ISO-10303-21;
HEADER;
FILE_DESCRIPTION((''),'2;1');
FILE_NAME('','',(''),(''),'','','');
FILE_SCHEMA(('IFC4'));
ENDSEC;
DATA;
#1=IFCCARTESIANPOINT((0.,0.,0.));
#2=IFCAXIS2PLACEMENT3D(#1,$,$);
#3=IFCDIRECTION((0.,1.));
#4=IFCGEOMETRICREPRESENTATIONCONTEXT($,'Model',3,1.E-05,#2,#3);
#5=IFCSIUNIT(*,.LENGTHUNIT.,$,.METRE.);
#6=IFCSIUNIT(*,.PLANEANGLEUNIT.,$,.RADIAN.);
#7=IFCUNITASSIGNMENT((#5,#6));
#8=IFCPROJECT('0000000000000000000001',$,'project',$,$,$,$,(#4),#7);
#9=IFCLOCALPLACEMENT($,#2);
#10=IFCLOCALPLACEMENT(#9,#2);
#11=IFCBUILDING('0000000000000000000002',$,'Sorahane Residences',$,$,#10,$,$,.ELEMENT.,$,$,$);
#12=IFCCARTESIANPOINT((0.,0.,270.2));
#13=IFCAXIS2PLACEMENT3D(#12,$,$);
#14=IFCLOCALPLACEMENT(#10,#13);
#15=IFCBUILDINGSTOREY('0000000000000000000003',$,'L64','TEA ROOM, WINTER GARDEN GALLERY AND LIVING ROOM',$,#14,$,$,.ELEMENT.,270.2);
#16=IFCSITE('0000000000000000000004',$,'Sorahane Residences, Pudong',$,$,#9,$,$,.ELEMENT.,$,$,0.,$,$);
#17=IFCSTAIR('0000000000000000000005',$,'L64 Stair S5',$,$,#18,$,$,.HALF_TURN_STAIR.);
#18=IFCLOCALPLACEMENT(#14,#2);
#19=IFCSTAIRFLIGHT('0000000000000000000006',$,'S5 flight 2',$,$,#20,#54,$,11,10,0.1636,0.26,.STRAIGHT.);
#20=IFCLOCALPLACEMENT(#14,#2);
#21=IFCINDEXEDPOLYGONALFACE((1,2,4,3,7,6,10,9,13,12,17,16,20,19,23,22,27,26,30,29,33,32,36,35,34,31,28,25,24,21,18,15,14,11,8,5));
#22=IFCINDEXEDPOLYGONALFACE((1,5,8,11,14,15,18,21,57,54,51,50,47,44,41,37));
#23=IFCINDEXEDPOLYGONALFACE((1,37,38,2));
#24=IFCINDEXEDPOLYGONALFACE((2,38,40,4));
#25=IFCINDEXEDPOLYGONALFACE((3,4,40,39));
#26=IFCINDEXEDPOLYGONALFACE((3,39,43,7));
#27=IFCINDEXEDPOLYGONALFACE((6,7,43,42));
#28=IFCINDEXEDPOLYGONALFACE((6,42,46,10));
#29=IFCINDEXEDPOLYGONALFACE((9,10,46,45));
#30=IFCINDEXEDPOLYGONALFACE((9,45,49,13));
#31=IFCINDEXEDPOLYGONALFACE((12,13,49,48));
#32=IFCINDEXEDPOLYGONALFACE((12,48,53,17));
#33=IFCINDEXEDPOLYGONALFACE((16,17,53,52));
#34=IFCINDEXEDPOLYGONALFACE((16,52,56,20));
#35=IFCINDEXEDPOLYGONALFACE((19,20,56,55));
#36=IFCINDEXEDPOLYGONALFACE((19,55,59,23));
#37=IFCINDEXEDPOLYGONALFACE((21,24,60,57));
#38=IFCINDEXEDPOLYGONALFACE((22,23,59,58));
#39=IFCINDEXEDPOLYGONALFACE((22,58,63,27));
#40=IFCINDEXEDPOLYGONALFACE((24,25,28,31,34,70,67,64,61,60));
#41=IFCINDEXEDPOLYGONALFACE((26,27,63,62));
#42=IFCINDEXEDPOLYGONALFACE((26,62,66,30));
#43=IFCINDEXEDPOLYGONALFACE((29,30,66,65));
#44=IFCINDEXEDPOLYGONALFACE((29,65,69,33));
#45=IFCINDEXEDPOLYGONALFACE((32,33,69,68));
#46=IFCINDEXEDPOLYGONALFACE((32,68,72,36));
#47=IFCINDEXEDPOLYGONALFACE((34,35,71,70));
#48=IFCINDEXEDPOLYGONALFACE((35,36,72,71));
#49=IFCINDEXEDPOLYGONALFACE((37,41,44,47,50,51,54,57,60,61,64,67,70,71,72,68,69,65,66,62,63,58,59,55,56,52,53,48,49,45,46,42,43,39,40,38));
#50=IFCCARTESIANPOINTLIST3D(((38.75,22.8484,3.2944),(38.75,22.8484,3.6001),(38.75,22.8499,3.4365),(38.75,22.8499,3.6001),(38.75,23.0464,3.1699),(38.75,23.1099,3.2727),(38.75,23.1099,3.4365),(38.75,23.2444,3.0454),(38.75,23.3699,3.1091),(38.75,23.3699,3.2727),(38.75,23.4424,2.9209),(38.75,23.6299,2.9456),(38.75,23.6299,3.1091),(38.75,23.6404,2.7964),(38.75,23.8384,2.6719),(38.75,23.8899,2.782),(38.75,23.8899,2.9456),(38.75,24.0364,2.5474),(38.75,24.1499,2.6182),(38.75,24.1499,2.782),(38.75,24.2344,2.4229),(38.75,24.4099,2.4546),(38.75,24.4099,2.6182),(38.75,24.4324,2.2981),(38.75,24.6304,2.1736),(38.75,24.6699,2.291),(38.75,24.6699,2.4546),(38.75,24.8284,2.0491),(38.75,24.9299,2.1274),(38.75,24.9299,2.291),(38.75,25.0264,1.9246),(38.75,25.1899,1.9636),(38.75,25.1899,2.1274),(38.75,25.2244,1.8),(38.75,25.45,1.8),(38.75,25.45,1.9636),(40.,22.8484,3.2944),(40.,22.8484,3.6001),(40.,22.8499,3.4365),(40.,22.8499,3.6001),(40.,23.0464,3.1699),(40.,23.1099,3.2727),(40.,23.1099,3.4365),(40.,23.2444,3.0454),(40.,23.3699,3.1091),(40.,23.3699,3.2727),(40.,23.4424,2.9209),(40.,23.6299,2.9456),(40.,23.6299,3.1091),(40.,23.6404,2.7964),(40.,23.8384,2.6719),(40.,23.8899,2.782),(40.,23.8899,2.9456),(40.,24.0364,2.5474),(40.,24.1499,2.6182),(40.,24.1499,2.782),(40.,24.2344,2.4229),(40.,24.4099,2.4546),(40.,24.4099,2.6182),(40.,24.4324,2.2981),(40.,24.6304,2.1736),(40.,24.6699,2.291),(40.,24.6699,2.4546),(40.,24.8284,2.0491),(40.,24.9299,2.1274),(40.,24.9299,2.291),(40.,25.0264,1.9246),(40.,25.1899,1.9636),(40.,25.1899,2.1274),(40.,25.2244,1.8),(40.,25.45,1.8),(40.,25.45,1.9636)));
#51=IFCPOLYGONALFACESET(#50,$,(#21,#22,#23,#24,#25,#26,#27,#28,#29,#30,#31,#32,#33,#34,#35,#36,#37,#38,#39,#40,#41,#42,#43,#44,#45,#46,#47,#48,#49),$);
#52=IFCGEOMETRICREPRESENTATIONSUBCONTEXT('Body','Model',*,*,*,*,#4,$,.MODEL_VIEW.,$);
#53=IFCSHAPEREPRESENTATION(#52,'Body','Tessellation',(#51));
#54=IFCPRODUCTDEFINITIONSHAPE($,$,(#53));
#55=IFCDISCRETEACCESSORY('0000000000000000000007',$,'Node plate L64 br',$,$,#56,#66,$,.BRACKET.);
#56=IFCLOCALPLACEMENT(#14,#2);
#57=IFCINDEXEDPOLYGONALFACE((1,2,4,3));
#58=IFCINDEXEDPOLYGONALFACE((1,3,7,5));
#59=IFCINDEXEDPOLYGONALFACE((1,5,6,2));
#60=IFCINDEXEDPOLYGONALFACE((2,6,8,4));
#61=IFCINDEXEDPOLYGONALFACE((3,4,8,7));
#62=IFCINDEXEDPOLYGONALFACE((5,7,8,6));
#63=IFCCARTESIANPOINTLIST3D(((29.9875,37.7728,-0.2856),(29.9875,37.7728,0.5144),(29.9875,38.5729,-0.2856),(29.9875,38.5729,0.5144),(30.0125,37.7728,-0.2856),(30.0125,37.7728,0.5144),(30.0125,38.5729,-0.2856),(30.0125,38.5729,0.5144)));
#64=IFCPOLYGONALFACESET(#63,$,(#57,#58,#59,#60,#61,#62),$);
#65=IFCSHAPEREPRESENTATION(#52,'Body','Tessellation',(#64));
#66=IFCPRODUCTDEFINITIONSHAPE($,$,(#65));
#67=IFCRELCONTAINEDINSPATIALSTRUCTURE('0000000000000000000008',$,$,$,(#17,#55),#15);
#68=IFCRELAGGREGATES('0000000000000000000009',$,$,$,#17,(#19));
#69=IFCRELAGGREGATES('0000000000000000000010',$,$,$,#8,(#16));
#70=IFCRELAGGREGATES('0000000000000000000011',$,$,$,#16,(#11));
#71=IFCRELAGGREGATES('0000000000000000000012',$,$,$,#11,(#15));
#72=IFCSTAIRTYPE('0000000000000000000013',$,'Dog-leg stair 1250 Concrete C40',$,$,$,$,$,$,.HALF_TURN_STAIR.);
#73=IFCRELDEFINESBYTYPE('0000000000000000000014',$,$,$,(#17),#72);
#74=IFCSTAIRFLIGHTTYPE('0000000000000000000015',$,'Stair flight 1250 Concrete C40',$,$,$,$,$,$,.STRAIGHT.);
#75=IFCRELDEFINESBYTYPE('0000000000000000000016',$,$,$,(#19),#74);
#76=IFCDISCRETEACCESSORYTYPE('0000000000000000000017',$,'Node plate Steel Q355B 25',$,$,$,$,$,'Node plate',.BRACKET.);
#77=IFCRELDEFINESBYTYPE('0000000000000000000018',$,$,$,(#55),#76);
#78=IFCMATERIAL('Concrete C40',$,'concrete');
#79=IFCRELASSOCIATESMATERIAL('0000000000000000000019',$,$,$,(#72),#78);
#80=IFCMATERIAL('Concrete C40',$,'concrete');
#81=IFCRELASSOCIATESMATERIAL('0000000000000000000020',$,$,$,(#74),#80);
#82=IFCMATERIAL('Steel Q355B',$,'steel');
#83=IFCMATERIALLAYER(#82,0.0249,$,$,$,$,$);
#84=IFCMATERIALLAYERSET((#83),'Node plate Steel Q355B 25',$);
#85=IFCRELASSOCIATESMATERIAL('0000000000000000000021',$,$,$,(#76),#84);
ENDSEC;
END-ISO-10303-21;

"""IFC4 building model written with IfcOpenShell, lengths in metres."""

from ifc_helpers import new_model, si_unit, direction, frame, origin, origin_2d, place, context, subcontext, project, spatial, polyline, rectangle, outline, extrude, material, layer, layer_set, type_object, element, aggregate, save


model = new_model("IFC4")

# Units and contexts
model_context = context("Model", 3, precision=1e-05, world=origin(), true_north=direction((0.0, 1.0)))
body_context = subcontext(model_context, "Body", "Model", "MODEL_VIEW")
ifc_project = project(units=[si_unit("LENGTHUNIT", "METRE"), si_unit("PLANEANGLEUNIT", "RADIAN")], contexts=[model_context])

# Site, building, storey
site_placement = place(None, origin())
site = spatial("IfcSite", under=ifc_project, at=site_placement, Name="Sorahane Residences, Pudong", CompositionType="ELEMENT", RefElevation=0.0)
building_placement = place(site_placement, origin())
building = spatial("IfcBuilding", under=site, at=building_placement, Name="Sorahane Residences", CompositionType="ELEMENT")
storey_placement = place(building_placement, frame((0.0, 0.0, 270.2)))
storey = spatial("IfcBuildingStorey", under=building, at=storey_placement, Name="L64", Description="TEA ROOM, WINTER GARDEN GALLERY AND LIVING ROOM", CompositionType="ELEMENT", Elevation=270.2)

# Stair, stair flight
ifc_material_1 = material(Name="Concrete C40", Category="concrete")
stair_type = type_object("IfcStairType", Name="Dog-leg stair 1250 Concrete C40", PredefinedType="HALF_TURN_STAIR", material=ifc_material_1)
stair_placement = place(storey_placement, origin())
stair = element("IfcStair", 1, at=stair_placement, inside=storey, type_object=stair_type, Name="L64 Stair S5", PredefinedType="HALF_TURN_STAIR")
ifc_material_2 = material(Name="Concrete C40", Category="concrete")
stair_flight_type = type_object("IfcStairFlightType", Name="Stair flight 1250 Concrete C40", PredefinedType="STRAIGHT", material=ifc_material_2)
stair_flight_placement = place(storey_placement, frame((39.375, 25.45, 1.8), z_axis=(0.0, 0.0, 1.0), x_axis=(0.0, -1.0, 0.0)))
stair_flight = element("IfcStairFlight", 2, at=stair_flight_placement, type_object=stair_flight_type, Name="S5 flight 2", NumberOfRisers=11, NumberOfTreads=10, PredefinedType="STRAIGHT", RiserHeight=0.1636, TreadLength=0.26, context=body_context, shape_type="SweptSolid", body=[
    extrude(outline(polyline([(0.0, 0.0), (0.0, 0.1636), (0.26, 0.1636), (0.26, 0.3274), (0.52, 0.3274), (0.52, 0.491), (0.78, 0.491), (0.78, 0.6545), (1.04, 0.6545), (1.04, 0.8181), (1.3, 0.8181), (1.3, 0.9819), (1.5601, 0.9819), (1.5601, 1.1455), (1.8201, 1.1455), (1.8201, 1.3091), (2.0801, 1.3091), (2.0801, 1.4727), (2.3401, 1.4727), (2.3401, 1.6365), (2.6001, 1.6365), (2.6001, 1.8), (2.6016, 1.8), (2.6016, 1.4944), (2.4036, 1.3699), (2.2056, 1.2454), (2.0076, 1.1208), (1.8096, 0.9963), (1.6116, 0.8718), (1.4136, 0.7473), (1.2156, 0.6228), (1.0176, 0.498), (0.8196, 0.3735), (0.6216, 0.249), (0.4236, 0.1245), (0.2256, 0.0), (0.0, 0.0)])), frame((0.0, 0.625, 0.0), z_axis=(0.0, -1.0, 0.0), x_axis=(1.0, 0.0, 0.0)), (0.0, 0.0, 1.0), 1.25),
])
aggregate(stair, [stair_flight])

# Discrete accessory
ifc_material_3 = material(Name="Steel Q355B", Category="steel")
ifc_layer_1 = layer(ifc_material_3, 0.0249)
ifc_layer_set_1 = layer_set([ifc_layer_1], Name="Node plate Steel Q355B 25")
discrete_accessory_type = type_object("IfcDiscreteAccessoryType", Name="Node plate Steel Q355B 25", ElementType="Node plate", PredefinedType="BRACKET", material=ifc_layer_set_1)
discrete_accessory_placement = place(storey_placement, frame((30.0, 38.1729, -0.2856), z_axis=(0.0, 0.0, 1.0), x_axis=(0.0, 1.0, 0.0)))
element("IfcDiscreteAccessory", 3, at=discrete_accessory_placement, inside=storey, type_object=discrete_accessory_type, Name="Node plate L64 br", PredefinedType="BRACKET", context=body_context, shape_type="SweptSolid", body=[
    extrude(rectangle(XDim=0.8, YDim=0.0249, at=origin_2d()), origin(), (0.0, 0.0, 1.0), 0.8),
])

save(model, "model.ifc")
